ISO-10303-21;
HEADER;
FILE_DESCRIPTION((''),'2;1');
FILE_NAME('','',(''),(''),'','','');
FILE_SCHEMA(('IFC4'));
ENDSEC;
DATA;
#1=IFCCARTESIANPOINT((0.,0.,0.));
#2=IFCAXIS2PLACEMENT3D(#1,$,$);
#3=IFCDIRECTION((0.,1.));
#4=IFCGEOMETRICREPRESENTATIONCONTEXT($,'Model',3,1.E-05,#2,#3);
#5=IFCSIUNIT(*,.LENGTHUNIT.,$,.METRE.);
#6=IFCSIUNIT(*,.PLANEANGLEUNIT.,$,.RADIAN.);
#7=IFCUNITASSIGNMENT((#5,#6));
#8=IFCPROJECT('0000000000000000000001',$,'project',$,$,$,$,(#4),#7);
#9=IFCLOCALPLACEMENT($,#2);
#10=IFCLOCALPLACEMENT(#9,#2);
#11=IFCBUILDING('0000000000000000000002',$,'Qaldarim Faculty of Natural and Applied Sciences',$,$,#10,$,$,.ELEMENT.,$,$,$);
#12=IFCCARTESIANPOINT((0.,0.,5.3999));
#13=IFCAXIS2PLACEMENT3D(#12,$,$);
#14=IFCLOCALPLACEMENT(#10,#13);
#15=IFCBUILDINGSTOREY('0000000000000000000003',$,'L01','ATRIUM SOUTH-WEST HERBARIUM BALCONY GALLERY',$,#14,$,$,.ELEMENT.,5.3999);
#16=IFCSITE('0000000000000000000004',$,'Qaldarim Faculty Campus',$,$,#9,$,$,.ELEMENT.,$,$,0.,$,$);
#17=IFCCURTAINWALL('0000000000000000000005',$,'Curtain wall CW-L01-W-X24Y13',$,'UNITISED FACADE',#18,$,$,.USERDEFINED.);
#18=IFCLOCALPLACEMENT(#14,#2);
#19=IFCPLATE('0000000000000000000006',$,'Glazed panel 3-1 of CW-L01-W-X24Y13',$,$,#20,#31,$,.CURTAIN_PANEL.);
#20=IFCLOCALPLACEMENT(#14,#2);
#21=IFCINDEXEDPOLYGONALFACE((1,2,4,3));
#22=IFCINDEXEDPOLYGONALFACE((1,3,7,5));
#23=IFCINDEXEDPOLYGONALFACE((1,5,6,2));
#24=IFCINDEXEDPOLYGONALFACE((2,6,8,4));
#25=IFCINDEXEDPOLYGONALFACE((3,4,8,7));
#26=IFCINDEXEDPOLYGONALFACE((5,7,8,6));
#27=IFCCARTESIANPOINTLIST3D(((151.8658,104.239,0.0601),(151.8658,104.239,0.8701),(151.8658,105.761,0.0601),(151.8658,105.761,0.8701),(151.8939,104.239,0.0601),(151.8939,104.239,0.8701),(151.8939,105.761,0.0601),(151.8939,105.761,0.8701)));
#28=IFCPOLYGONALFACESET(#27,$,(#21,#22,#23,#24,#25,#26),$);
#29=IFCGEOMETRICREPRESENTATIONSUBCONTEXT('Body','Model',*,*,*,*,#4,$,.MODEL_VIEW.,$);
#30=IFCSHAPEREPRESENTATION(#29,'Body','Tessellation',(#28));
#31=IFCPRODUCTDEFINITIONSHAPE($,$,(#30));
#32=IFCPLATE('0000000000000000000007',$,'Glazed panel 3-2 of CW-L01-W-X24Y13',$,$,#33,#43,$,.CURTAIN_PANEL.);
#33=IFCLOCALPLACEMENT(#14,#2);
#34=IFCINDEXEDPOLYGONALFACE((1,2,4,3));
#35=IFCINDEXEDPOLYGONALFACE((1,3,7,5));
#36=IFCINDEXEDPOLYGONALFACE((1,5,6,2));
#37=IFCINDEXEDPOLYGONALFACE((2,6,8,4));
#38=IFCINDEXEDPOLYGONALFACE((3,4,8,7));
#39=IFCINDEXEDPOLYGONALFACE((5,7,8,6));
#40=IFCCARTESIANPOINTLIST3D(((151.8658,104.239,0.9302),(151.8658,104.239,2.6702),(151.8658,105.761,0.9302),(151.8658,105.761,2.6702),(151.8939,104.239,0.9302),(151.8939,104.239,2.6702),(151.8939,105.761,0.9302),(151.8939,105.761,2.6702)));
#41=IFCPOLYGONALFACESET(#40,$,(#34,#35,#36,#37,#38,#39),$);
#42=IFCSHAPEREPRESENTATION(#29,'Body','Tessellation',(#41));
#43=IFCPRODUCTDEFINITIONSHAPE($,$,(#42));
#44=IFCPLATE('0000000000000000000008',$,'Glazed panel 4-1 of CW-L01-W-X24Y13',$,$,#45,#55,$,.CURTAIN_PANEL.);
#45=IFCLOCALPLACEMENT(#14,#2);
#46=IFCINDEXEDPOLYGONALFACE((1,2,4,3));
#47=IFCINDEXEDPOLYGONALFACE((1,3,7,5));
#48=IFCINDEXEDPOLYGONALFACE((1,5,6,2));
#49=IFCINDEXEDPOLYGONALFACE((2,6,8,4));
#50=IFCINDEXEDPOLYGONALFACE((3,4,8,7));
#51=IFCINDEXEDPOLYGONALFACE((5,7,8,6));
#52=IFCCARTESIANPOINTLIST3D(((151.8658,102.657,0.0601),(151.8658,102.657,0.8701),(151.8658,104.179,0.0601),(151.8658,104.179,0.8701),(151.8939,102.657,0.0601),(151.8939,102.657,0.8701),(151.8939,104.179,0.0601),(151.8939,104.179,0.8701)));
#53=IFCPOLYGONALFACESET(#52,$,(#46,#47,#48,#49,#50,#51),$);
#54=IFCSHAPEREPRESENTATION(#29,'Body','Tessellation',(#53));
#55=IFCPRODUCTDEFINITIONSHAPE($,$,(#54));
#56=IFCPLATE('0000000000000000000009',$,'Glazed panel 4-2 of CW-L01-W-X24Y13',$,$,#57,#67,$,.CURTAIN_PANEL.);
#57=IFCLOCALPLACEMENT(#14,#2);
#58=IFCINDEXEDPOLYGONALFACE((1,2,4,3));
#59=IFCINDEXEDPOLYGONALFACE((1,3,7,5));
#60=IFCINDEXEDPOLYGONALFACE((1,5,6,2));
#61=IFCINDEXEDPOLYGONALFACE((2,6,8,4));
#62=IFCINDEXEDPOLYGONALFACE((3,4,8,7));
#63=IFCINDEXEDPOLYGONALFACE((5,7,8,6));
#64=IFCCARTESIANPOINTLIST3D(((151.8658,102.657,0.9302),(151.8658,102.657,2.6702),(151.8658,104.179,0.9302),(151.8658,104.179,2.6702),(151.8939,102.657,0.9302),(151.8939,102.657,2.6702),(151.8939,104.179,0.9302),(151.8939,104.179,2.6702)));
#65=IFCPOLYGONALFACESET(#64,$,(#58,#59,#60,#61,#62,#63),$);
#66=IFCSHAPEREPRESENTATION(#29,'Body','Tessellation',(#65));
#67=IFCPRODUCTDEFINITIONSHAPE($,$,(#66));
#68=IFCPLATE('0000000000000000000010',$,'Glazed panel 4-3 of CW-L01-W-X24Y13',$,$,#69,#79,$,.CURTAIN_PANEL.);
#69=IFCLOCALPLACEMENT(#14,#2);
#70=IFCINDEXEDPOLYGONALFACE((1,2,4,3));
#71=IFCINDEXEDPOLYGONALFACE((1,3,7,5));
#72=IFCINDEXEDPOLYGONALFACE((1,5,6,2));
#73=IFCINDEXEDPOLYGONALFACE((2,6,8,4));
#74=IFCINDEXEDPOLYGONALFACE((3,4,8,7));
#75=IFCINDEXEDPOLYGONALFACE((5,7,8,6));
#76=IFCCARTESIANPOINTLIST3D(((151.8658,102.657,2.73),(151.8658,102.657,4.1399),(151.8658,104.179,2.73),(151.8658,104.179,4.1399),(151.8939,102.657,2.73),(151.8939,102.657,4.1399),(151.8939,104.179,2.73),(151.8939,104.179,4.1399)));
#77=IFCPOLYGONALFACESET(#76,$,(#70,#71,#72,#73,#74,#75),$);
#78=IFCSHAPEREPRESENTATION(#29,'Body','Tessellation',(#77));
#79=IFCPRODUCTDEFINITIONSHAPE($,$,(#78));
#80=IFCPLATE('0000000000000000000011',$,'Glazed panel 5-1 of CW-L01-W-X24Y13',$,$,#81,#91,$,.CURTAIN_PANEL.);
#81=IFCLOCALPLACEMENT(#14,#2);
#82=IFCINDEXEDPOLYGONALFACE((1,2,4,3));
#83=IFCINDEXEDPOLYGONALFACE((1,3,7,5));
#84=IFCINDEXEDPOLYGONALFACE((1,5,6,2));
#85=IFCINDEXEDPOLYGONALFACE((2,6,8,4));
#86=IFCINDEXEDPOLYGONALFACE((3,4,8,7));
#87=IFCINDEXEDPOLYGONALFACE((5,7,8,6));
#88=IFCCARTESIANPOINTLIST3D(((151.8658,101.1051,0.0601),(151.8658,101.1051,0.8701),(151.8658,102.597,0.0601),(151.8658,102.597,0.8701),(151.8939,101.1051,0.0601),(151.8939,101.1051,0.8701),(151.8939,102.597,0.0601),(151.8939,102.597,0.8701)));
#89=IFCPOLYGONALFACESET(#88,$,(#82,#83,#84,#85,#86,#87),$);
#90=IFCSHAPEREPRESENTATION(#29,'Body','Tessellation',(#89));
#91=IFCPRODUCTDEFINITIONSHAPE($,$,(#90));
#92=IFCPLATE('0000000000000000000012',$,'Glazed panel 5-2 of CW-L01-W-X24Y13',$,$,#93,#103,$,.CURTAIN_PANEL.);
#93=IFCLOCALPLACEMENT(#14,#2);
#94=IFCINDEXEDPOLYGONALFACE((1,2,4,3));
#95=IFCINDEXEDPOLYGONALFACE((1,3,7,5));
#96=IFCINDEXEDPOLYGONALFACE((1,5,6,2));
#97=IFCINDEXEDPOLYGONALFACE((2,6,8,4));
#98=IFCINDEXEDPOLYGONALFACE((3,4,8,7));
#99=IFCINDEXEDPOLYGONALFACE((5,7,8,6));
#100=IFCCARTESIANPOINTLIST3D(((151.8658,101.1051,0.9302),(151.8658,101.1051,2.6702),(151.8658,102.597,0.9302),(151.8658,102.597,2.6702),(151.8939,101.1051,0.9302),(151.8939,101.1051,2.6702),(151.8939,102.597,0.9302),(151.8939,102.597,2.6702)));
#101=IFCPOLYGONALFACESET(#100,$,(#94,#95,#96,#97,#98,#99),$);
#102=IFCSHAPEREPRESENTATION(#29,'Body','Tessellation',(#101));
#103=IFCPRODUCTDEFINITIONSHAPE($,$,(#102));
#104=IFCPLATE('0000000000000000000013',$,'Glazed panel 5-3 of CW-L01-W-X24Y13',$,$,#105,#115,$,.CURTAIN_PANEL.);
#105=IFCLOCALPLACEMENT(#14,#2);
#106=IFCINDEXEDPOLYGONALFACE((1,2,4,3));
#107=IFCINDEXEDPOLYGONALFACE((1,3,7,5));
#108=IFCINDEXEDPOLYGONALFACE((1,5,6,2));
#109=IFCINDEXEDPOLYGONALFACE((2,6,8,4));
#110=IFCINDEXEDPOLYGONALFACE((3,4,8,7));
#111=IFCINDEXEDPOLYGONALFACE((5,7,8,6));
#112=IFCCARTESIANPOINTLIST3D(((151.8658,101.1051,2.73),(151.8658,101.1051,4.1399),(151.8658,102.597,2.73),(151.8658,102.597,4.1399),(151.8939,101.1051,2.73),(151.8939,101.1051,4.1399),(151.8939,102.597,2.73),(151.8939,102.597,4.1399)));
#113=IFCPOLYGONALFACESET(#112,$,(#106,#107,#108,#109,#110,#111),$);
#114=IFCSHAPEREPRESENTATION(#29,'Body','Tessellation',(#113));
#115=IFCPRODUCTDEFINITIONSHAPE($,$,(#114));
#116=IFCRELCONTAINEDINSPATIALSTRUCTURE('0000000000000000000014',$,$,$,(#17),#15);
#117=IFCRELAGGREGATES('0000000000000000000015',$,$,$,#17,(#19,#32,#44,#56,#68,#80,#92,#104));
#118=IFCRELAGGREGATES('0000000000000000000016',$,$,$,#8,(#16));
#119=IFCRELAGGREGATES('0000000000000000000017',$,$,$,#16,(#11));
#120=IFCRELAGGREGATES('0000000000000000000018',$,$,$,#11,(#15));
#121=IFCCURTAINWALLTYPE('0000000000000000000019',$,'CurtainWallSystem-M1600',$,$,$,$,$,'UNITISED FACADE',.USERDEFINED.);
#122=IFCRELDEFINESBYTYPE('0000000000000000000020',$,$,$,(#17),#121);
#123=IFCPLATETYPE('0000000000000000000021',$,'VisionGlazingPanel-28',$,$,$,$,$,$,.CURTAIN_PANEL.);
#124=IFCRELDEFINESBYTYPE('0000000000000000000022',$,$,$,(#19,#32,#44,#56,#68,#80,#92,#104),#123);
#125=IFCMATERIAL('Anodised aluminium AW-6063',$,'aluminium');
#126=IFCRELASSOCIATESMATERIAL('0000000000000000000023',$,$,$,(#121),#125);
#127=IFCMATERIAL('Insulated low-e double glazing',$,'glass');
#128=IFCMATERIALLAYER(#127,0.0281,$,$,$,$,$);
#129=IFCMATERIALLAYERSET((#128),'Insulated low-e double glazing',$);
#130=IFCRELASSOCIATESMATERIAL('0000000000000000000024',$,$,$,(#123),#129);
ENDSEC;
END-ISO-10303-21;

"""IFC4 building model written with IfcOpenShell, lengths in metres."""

from ifc_helpers import new_model, si_unit, direction, frame, origin, origin_2d, place, context, subcontext, project, spatial, rectangle, extrude, material, layer, layer_set, type_object, element, aggregate, save


model = new_model("IFC4")

# Units and contexts
model_context = context("Model", 3, precision=1e-05, world=origin(), true_north=direction((0.0, 1.0)))
body_context = subcontext(model_context, "Body", "Model", "MODEL_VIEW")
ifc_project = project(units=[si_unit("LENGTHUNIT", "METRE"), si_unit("PLANEANGLEUNIT", "RADIAN")], contexts=[model_context])

# Site, building, storey
site_placement = place(None, origin())
site = spatial("IfcSite", under=ifc_project, at=site_placement, Name="Qaldarim Faculty Campus", CompositionType="ELEMENT", RefElevation=0.0)
building_placement = place(site_placement, origin())
building = spatial("IfcBuilding", under=site, at=building_placement, Name="Qaldarim Faculty of Natural and Applied Sciences", CompositionType="ELEMENT")
storey_placement = place(building_placement, frame((0.0, 0.0, 5.3999)))
storey = spatial("IfcBuildingStorey", under=building, at=storey_placement, Name="L01", Description="ATRIUM SOUTH-WEST HERBARIUM BALCONY GALLERY", CompositionType="ELEMENT", Elevation=5.3999)

# Curtain wall
ifc_material_1 = material(Name="Anodised aluminium AW-6063", Category="aluminium")
curtain_wall_type = type_object("IfcCurtainWallType", Name="CurtainWallSystem-M1600", ElementType="UNITISED FACADE", PredefinedType="USERDEFINED", material=ifc_material_1)
curtain_wall_placement = place(storey_placement, origin())
curtain_wall = element("IfcCurtainWall", 1, at=curtain_wall_placement, inside=storey, type_object=curtain_wall_type, Name="Curtain wall CW-L01-W-X24Y13", ObjectType="UNITISED FACADE", PredefinedType="USERDEFINED")

# Plates
ifc_material_2 = material(Name="Insulated low-e double glazing", Category="glass")
ifc_layer = layer(ifc_material_2, 0.0281)
ifc_layer_set = layer_set([ifc_layer], Name="Insulated low-e double glazing")
plate_type = type_object("IfcPlateType", Name="VisionGlazingPanel-28", PredefinedType="CURTAIN_PANEL", material=ifc_layer_set)
plate_1_placement = place(storey_placement, frame((151.8799, 105.0, 0.0601), z_axis=(0.0, 0.0, 1.0), x_axis=(0.0, -1.0, 0.0)))
plate_1 = element("IfcPlate", 2, at=plate_1_placement, type_object=plate_type, Name="Glazed panel 3-1 of CW-L01-W-X24Y13", PredefinedType="CURTAIN_PANEL", context=body_context, shape_type="SweptSolid", body=[
    extrude(rectangle(XDim=1.522, YDim=0.0281, at=origin_2d()), origin(), (0.0, 0.0, 1.0), 0.8101),
])
plate_2_placement = place(storey_placement, frame((151.8799, 105.0, 0.9302), z_axis=(0.0, 0.0, 1.0), x_axis=(0.0, -1.0, 0.0)))
plate_2 = element("IfcPlate", 3, at=plate_2_placement, type_object=plate_type, Name="Glazed panel 3-2 of CW-L01-W-X24Y13", PredefinedType="CURTAIN_PANEL", context=body_context, shape_type="SweptSolid", body=[
    extrude(rectangle(XDim=1.522, YDim=0.0281, at=origin_2d()), origin(), (0.0, 0.0, 1.0), 1.74),
])
plate_3_placement = place(storey_placement, frame((151.8799, 103.418, 0.0601), z_axis=(0.0, 0.0, 1.0), x_axis=(0.0, -1.0, 0.0)))
plate_3 = element("IfcPlate", 4, at=plate_3_placement, type_object=plate_type, Name="Glazed panel 4-1 of CW-L01-W-X24Y13", PredefinedType="CURTAIN_PANEL", context=body_context, shape_type="SweptSolid", body=[
    extrude(rectangle(XDim=1.522, YDim=0.0281, at=origin_2d()), origin(), (0.0, 0.0, 1.0), 0.8101),
])
plate_4_placement = place(storey_placement, frame((151.8799, 103.418, 0.9302), z_axis=(0.0, 0.0, 1.0), x_axis=(0.0, -1.0, 0.0)))
plate_4 = element("IfcPlate", 5, at=plate_4_placement, type_object=plate_type, Name="Glazed panel 4-2 of CW-L01-W-X24Y13", PredefinedType="CURTAIN_PANEL", context=body_context, shape_type="SweptSolid", body=[
    extrude(rectangle(XDim=1.522, YDim=0.0281, at=origin_2d()), origin(), (0.0, 0.0, 1.0), 1.74),
])
plate_5_placement = place(storey_placement, frame((151.8799, 103.418, 2.73), z_axis=(0.0, 0.0, 1.0), x_axis=(0.0, -1.0, 0.0)))
plate_5 = element("IfcPlate", 6, at=plate_5_placement, type_object=plate_type, Name="Glazed panel 4-3 of CW-L01-W-X24Y13", PredefinedType="CURTAIN_PANEL", context=body_context, shape_type="SweptSolid", body=[
    extrude(rectangle(XDim=1.522, YDim=0.0281, at=origin_2d()), origin(), (0.0, 0.0, 1.0), 1.4099),
])
plate_6_placement = place(storey_placement, frame((151.8799, 101.8511, 0.0601), z_axis=(0.0, 0.0, 1.0), x_axis=(0.0, -1.0, 0.0)))
plate_6 = element("IfcPlate", 7, at=plate_6_placement, type_object=plate_type, Name="Glazed panel 5-1 of CW-L01-W-X24Y13", PredefinedType="CURTAIN_PANEL", context=body_context, shape_type="SweptSolid", body=[
    extrude(rectangle(XDim=1.4919, YDim=0.0281, at=origin_2d()), origin(), (0.0, 0.0, 1.0), 0.8101),
])
plate_7_placement = place(storey_placement, frame((151.8799, 101.8511, 0.9302), z_axis=(0.0, 0.0, 1.0), x_axis=(0.0, -1.0, 0.0)))
plate_7 = element("IfcPlate", 8, at=plate_7_placement, type_object=plate_type, Name="Glazed panel 5-2 of CW-L01-W-X24Y13", PredefinedType="CURTAIN_PANEL", context=body_context, shape_type="SweptSolid", body=[
    extrude(rectangle(XDim=1.4919, YDim=0.0281, at=origin_2d()), origin(), (0.0, 0.0, 1.0), 1.74),
])
plate_8_placement = place(storey_placement, frame((151.8799, 101.8511, 2.73), z_axis=(0.0, 0.0, 1.0), x_axis=(0.0, -1.0, 0.0)))
plate_8 = element("IfcPlate", 9, at=plate_8_placement, type_object=plate_type, Name="Glazed panel 5-3 of CW-L01-W-X24Y13", PredefinedType="CURTAIN_PANEL", context=body_context, shape_type="SweptSolid", body=[
    extrude(rectangle(XDim=1.4919, YDim=0.0281, at=origin_2d()), origin(), (0.0, 0.0, 1.0), 1.4099),
])
aggregate(curtain_wall, [plate_1, plate_2, plate_3, plate_4, plate_5, plate_6, plate_7, plate_8])

save(model, "model.ifc")
